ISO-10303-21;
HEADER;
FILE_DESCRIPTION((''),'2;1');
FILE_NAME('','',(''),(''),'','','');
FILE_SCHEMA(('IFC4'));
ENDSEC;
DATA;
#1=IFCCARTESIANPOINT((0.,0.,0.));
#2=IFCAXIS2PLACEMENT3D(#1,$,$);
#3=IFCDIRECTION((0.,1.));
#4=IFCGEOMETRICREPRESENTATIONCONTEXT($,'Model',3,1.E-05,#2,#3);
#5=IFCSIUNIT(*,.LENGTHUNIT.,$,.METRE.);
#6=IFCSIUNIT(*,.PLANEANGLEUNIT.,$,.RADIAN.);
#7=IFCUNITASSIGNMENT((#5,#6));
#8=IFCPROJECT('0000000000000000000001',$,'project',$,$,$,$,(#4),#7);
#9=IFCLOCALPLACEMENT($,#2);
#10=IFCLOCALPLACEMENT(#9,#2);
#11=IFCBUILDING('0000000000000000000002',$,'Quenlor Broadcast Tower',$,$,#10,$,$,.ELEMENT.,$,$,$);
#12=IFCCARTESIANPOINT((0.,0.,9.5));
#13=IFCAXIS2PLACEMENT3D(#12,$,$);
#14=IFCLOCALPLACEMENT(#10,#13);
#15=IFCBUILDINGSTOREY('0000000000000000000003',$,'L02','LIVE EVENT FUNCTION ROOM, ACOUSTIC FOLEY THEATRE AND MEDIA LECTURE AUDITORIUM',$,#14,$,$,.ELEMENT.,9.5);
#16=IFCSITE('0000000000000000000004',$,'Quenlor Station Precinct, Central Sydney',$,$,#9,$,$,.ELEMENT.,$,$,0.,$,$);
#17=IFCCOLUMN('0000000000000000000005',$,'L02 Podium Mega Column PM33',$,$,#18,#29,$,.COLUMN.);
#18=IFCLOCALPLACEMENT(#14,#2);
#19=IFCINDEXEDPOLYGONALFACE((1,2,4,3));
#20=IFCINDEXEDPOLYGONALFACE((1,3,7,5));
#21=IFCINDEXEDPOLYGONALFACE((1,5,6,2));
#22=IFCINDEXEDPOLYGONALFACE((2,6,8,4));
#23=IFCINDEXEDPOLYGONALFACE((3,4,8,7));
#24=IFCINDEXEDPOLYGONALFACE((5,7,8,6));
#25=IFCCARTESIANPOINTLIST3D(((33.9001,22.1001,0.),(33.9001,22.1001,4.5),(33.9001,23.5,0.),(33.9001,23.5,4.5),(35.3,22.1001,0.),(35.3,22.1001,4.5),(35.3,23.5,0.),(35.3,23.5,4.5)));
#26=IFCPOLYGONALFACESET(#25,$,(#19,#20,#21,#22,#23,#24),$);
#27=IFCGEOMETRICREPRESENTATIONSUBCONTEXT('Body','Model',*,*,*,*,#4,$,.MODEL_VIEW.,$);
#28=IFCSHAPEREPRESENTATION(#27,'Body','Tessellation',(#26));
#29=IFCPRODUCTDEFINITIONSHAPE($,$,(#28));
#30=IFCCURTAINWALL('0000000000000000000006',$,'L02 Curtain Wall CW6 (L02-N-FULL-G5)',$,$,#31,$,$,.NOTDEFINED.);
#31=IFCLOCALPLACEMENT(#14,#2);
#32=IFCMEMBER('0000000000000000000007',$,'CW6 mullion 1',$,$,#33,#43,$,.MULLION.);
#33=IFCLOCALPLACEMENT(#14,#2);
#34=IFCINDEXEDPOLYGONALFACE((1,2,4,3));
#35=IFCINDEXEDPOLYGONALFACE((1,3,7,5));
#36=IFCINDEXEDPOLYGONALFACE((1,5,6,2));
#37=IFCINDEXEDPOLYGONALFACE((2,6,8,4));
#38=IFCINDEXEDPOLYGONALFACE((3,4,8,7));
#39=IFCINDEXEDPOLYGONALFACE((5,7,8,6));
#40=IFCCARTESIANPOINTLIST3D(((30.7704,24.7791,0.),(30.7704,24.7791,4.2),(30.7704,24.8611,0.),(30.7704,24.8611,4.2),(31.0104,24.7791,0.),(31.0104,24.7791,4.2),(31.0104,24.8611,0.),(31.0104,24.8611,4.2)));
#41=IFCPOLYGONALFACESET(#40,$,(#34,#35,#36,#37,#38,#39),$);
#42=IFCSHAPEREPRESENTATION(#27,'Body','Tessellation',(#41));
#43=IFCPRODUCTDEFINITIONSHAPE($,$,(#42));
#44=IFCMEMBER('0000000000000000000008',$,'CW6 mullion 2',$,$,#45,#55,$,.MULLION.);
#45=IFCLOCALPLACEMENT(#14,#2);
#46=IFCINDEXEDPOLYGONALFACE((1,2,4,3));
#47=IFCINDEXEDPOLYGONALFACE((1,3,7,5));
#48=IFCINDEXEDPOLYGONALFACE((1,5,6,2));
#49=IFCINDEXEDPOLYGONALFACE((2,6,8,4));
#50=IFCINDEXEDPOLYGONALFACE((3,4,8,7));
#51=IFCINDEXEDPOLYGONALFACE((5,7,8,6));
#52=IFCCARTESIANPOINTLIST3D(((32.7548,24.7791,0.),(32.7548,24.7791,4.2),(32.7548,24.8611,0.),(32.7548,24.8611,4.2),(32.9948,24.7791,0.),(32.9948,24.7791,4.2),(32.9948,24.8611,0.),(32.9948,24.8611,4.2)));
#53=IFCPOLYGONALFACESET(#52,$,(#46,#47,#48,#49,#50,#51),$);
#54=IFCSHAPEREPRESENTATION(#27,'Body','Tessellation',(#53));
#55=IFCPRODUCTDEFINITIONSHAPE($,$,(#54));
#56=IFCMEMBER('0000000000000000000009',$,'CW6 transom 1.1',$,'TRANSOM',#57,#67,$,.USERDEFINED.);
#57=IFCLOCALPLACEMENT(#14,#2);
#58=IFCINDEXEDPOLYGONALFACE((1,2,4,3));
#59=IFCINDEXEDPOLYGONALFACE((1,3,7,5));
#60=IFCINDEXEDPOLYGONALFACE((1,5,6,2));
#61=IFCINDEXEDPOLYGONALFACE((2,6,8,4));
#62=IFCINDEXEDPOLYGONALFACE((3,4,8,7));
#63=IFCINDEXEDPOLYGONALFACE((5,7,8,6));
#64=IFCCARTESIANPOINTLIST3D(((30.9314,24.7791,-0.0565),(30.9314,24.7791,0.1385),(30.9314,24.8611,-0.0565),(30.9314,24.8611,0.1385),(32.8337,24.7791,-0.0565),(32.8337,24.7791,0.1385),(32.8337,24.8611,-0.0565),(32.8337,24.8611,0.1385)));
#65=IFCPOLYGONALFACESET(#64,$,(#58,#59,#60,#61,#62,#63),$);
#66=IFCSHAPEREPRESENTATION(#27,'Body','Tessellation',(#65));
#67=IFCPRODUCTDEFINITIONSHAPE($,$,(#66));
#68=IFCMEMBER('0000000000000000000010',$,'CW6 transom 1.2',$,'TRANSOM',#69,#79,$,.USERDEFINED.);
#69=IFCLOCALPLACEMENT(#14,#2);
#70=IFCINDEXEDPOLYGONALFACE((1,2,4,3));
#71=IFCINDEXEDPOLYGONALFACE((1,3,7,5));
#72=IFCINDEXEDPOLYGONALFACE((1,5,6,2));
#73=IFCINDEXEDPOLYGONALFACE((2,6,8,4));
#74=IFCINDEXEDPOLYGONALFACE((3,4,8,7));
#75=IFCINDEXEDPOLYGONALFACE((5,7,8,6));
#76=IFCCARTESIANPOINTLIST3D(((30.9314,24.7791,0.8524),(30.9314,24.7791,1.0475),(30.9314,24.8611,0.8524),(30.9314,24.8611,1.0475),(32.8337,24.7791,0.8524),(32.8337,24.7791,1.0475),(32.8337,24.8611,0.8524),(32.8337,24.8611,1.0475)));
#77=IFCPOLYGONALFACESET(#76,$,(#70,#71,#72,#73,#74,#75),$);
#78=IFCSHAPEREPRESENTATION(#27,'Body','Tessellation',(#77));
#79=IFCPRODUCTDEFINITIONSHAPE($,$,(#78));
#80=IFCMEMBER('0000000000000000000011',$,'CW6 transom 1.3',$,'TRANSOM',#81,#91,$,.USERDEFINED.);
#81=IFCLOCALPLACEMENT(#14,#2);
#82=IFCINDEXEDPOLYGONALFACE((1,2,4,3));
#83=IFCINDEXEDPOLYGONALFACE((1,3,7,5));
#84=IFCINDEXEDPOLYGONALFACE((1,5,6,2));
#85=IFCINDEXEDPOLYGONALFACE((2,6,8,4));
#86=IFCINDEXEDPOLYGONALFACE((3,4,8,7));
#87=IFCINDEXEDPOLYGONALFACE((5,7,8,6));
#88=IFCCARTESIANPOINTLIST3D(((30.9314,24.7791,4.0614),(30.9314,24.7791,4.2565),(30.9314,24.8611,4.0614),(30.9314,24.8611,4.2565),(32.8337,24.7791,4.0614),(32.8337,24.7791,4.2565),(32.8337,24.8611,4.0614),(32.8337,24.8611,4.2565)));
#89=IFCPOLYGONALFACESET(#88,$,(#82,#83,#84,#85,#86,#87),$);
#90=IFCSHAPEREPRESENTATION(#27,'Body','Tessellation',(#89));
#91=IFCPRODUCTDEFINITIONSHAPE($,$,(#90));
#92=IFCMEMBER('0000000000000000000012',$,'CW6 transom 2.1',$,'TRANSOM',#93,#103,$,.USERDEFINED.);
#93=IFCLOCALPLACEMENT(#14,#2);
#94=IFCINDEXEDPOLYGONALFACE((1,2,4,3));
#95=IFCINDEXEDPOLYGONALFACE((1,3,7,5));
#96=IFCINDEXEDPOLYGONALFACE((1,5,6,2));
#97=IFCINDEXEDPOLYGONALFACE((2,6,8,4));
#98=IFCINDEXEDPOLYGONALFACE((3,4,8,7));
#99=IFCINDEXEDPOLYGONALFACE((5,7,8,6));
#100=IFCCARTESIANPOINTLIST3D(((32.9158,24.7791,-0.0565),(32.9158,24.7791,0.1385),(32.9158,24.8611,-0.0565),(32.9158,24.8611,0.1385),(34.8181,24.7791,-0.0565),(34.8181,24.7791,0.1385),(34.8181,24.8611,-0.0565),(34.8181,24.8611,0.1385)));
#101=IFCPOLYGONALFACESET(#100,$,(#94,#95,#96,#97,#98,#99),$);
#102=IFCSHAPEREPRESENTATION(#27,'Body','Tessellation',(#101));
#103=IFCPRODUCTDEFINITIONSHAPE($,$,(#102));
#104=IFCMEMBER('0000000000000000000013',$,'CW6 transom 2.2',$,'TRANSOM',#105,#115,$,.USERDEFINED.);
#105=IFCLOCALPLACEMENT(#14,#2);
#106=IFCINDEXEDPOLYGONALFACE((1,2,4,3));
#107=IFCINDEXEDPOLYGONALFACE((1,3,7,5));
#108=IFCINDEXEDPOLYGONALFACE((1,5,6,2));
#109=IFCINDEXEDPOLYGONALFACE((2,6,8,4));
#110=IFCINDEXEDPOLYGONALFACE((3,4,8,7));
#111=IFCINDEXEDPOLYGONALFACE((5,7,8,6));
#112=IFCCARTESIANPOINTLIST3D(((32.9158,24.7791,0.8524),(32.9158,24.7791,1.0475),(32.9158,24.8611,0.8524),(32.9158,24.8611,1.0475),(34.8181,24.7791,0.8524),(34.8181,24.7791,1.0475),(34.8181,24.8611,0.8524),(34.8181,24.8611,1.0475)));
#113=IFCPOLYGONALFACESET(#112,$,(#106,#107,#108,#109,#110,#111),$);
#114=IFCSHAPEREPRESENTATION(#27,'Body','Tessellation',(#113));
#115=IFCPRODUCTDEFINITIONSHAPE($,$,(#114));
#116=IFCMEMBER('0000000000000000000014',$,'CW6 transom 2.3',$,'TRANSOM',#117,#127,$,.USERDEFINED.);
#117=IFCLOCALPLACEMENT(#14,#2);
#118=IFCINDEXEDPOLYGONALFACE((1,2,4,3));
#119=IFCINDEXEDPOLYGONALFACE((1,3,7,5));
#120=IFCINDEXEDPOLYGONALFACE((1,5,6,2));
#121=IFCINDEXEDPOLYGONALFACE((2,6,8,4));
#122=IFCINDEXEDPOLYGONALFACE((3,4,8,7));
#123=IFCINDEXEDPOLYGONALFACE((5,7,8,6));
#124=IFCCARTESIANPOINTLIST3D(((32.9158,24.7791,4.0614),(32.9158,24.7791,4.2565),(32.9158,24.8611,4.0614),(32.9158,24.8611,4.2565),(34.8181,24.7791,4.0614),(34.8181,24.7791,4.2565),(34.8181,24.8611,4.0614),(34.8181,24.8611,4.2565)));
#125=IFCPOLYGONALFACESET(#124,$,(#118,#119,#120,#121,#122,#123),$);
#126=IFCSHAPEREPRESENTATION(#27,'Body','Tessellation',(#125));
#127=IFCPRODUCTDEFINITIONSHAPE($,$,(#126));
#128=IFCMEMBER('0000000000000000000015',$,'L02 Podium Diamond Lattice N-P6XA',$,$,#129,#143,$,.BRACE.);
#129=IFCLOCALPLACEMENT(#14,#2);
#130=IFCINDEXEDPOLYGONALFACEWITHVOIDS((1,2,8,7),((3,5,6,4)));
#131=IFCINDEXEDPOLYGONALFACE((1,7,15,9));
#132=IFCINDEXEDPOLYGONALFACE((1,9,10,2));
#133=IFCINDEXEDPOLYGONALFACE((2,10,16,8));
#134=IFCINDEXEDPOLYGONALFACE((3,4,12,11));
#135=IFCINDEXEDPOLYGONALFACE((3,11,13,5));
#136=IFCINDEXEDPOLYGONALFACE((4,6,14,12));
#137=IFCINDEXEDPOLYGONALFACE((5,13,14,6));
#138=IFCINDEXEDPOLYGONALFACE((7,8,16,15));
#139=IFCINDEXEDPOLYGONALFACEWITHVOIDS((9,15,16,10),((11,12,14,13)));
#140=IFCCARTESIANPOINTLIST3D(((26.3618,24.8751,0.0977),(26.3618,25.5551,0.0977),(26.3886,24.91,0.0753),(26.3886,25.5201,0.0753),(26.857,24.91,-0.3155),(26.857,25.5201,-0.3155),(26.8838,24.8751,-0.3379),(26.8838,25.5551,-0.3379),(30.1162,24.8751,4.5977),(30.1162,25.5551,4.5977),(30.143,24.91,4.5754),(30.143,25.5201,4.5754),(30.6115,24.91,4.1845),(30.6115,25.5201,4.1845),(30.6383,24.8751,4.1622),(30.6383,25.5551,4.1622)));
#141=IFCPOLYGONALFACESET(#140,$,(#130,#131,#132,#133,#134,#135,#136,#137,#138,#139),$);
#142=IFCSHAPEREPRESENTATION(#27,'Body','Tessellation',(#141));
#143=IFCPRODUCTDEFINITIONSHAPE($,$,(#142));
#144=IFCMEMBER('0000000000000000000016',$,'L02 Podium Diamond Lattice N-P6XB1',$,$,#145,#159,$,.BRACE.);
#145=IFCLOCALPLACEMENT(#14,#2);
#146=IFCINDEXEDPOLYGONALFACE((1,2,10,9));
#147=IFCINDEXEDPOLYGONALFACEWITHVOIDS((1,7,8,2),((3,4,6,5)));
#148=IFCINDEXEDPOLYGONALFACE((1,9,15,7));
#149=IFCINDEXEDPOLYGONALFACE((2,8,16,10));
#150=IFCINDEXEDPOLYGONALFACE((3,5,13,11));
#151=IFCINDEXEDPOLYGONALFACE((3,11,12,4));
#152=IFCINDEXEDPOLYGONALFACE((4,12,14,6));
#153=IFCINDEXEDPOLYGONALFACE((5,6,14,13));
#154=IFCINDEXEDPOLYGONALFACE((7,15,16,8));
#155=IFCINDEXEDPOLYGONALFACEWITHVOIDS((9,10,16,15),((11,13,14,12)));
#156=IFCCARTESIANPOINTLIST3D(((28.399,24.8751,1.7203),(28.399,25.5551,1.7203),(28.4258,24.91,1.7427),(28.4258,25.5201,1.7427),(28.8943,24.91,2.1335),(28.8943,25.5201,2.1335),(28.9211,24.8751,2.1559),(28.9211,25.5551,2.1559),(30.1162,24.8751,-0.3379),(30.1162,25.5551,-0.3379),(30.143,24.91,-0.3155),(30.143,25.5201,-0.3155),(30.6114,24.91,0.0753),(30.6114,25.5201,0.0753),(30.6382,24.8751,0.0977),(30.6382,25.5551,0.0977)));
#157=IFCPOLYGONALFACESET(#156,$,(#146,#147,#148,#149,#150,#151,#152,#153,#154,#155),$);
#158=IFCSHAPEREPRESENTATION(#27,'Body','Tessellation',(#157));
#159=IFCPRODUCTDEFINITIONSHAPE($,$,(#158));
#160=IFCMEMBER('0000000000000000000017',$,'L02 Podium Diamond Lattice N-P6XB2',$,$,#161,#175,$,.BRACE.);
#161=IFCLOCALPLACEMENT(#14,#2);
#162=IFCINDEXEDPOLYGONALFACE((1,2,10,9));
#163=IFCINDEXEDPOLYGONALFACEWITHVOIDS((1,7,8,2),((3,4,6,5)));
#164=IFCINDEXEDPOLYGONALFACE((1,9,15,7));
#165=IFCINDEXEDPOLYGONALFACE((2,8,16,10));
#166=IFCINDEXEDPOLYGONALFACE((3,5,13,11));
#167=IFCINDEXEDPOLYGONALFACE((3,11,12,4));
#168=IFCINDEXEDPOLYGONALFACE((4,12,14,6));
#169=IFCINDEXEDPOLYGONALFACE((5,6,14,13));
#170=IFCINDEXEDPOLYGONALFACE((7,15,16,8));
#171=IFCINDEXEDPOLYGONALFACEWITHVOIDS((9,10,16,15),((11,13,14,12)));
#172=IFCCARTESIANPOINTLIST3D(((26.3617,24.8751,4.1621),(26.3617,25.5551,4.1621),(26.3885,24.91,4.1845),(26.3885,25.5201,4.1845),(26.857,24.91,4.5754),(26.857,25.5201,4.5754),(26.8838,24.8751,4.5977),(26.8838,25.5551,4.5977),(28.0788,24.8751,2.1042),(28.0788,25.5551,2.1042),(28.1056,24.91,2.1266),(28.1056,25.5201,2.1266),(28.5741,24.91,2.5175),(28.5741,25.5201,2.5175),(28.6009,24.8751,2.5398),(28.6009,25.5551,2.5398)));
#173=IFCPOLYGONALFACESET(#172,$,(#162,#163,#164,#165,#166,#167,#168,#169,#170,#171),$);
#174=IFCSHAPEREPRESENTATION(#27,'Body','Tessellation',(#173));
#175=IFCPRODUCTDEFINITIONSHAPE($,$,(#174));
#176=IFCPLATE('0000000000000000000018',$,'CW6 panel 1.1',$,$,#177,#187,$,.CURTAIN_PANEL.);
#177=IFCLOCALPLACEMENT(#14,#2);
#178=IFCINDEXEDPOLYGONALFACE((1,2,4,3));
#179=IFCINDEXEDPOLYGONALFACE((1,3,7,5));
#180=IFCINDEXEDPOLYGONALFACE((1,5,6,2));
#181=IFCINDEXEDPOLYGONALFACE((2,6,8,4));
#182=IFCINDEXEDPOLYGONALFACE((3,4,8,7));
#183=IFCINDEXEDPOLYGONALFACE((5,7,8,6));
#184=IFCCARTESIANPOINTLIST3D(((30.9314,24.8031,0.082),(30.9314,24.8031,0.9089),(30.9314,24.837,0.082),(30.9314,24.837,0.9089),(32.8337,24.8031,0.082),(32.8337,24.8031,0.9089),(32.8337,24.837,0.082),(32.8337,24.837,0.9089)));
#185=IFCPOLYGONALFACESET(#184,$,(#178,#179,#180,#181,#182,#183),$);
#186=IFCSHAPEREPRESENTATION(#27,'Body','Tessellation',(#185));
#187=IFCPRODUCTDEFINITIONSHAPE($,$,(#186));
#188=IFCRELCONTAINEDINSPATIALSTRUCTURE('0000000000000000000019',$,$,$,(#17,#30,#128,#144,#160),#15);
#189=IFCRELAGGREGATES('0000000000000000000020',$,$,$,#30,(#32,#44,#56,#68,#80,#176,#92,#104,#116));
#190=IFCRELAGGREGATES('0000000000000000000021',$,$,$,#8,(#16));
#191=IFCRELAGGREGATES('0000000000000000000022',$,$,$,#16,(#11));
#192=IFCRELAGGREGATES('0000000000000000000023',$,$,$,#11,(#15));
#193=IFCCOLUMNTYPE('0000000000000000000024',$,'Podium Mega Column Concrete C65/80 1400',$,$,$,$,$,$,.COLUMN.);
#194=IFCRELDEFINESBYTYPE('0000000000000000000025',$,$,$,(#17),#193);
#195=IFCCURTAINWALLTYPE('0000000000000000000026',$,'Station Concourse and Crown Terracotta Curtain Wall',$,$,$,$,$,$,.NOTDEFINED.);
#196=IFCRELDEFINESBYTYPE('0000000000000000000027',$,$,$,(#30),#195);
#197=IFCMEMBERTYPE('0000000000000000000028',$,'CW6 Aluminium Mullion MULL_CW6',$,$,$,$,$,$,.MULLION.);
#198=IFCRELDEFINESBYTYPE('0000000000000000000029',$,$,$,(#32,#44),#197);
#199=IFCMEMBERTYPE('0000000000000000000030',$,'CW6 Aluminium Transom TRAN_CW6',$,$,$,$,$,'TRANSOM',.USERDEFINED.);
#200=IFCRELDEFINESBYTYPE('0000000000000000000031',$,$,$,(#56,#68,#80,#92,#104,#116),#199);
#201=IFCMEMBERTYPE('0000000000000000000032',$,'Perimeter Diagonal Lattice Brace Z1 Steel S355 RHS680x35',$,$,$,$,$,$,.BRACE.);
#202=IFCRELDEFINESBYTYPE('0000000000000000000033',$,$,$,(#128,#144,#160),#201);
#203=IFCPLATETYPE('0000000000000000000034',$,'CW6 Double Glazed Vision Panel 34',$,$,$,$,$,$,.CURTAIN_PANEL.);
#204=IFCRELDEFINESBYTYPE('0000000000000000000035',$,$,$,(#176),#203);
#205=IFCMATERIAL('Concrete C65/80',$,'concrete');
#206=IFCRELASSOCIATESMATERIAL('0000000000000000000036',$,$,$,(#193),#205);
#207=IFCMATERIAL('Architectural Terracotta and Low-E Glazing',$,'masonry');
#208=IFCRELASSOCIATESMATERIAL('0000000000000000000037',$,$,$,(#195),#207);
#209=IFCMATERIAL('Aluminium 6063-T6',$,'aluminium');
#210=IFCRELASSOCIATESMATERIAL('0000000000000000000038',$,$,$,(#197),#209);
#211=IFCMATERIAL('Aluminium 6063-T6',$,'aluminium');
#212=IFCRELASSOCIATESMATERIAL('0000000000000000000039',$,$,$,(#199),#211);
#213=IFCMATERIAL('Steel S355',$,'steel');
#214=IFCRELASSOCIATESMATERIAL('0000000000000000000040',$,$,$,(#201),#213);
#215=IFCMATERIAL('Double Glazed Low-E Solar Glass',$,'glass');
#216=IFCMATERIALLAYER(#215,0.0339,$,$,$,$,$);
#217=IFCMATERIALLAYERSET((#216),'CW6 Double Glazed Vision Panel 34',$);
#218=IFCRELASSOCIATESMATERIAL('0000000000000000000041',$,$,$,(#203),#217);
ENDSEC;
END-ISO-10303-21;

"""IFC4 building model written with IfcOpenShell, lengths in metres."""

from ifc_helpers import new_model, si_unit, direction, frame, origin, origin_2d, place, context, subcontext, project, spatial, rectangle, hollow_rectangle, extrude, material, layer, layer_set, material_profile, profile_set, type_object, element, aggregate, save


model = new_model("IFC4")

# Units and contexts
model_context = context("Model", 3, precision=1e-05, world=origin(), true_north=direction((0.0, 1.0)))
body_context = subcontext(model_context, "Body", "Model", "MODEL_VIEW")
ifc_project = project(units=[si_unit("LENGTHUNIT", "METRE"), si_unit("PLANEANGLEUNIT", "RADIAN")], contexts=[model_context])

# Site, building, storey
site_placement = place(None, origin())
site = spatial("IfcSite", under=ifc_project, at=site_placement, Name="Quenlor Station Precinct, Central Sydney", CompositionType="ELEMENT", RefElevation=0.0)
building_placement = place(site_placement, origin())
building = spatial("IfcBuilding", under=site, at=building_placement, Name="Quenlor Broadcast Tower", CompositionType="ELEMENT")
storey_placement = place(building_placement, frame((0.0, 0.0, 9.5)))
storey = spatial("IfcBuildingStorey", under=building, at=storey_placement, Name="L02", Description="LIVE EVENT FUNCTION ROOM, ACOUSTIC FOLEY THEATRE AND MEDIA LECTURE AUDITORIUM", CompositionType="ELEMENT", Elevation=9.5)

# Column
ifc_material_1 = material(Name="Concrete C65/80", Category="concrete")
ifc_material_profile_1 = material_profile(ifc_material_1, rectangle(XDim=1.3999, YDim=1.3999, at=origin_2d()))
ifc_profile_set_1 = profile_set([ifc_material_profile_1], Name="Concrete C65/80 RC1400x1400")
column_type = type_object("IfcColumnType", Name="Podium Mega Column Concrete C65/80 1400", PredefinedType="COLUMN", material=ifc_profile_set_1)
column_placement = place(storey_placement, frame((34.6001, 22.8, 0.0), z_axis=(0.0, 0.0, 1.0), x_axis=(1.0, 0.0, 0.0)))
element("IfcColumn", 1, at=column_placement, inside=storey, type_object=column_type, Name="L02 Podium Mega Column PM33", PredefinedType="COLUMN", context=body_context, shape_type="SweptSolid", body=[
    extrude(rectangle(XDim=1.3999, YDim=1.3999, at=origin_2d()), origin(), (0.0, 0.0, 1.0), 4.5),
])

# Curtain wall, members
ifc_material_2 = material(Name="Architectural Terracotta and Low-E Glazing", Category="masonry")
curtain_wall_type = type_object("IfcCurtainWallType", Name="Station Concourse and Crown Terracotta Curtain Wall", PredefinedType="NOTDEFINED", material=ifc_material_2)
curtain_wall_placement = place(storey_placement, origin())
curtain_wall = element("IfcCurtainWall", 2, at=curtain_wall_placement, inside=storey, type_object=curtain_wall_type, Name="L02 Curtain Wall CW6 (L02-N-FULL-G5)", PredefinedType="NOTDEFINED")
ifc_material_3 = material(Name="Aluminium 6063-T6", Category="aluminium")
ifc_material_profile_2 = material_profile(ifc_material_3, rectangle(XDim=0.082, YDim=0.24, at=origin_2d()))
ifc_profile_set_2 = profile_set([ifc_material_profile_2], Name="Aluminium 6063-T6 MULL82x240")
member_type_1 = type_object("IfcMemberType", Name="CW6 Aluminium Mullion MULL_CW6", PredefinedType="MULLION", material=ifc_profile_set_2)
member_1_placement = place(storey_placement, frame((30.8904, 24.8201, 0.0), z_axis=(0.0, 0.0, 1.0), x_axis=(0.0, 1.0, 0.0)))
member_1 = element("IfcMember", 3, at=member_1_placement, type_object=member_type_1, Name="CW6 mullion 1", PredefinedType="MULLION", context=body_context, shape_type="SweptSolid", body=[
    extrude(rectangle(XDim=0.082, YDim=0.24, at=origin_2d()), origin(), (0.0, 0.0, 1.0), 4.2),
])
member_2_placement = place(storey_placement, frame((32.8748, 24.8201, 0.0), z_axis=(0.0, 0.0, 1.0), x_axis=(0.0, 1.0, 0.0)))
member_2 = element("IfcMember", 4, at=member_2_placement, type_object=member_type_1, Name="CW6 mullion 2", PredefinedType="MULLION", context=body_context, shape_type="SweptSolid", body=[
    extrude(rectangle(XDim=0.082, YDim=0.24, at=origin_2d()), origin(), (0.0, 0.0, 1.0), 4.2),
])
ifc_material_4 = material(Name="Aluminium 6063-T6", Category="aluminium")
ifc_material_profile_3 = material_profile(ifc_material_4, rectangle(XDim=0.082, YDim=0.1951, at=origin_2d()))
ifc_profile_set_3 = profile_set([ifc_material_profile_3], Name="Aluminium 6063-T6 TRAN82x195")
member_type_2 = type_object("IfcMemberType", Name="CW6 Aluminium Transom TRAN_CW6", ElementType="TRANSOM", PredefinedType="USERDEFINED", material=ifc_profile_set_3)
member_3_placement = place(storey_placement, frame((30.9314, 24.8201, 0.041), z_axis=(1.0, 0.0, 0.0), x_axis=(0.0, 1.0, 0.0)))
member_3 = element("IfcMember", 5, at=member_3_placement, type_object=member_type_2, Name="CW6 transom 1.1", ObjectType="TRANSOM", PredefinedType="USERDEFINED", context=body_context, shape_type="SweptSolid", body=[
    extrude(rectangle(XDim=0.082, YDim=0.1951, at=origin_2d()), origin(), (0.0, 0.0, 1.0), 1.9023),
])
member_4_placement = place(storey_placement, frame((30.9314, 24.8201, 0.95), z_axis=(1.0, 0.0, 0.0), x_axis=(0.0, 1.0, 0.0)))
member_4 = element("IfcMember", 6, at=member_4_placement, type_object=member_type_2, Name="CW6 transom 1.2", ObjectType="TRANSOM", PredefinedType="USERDEFINED", context=body_context, shape_type="SweptSolid", body=[
    extrude(rectangle(XDim=0.082, YDim=0.1951, at=origin_2d()), origin(), (0.0, 0.0, 1.0), 1.9023),
])
member_5_placement = place(storey_placement, frame((30.9314, 24.8201, 4.1589), z_axis=(1.0, 0.0, 0.0), x_axis=(0.0, 1.0, 0.0)))
member_5 = element("IfcMember", 7, at=member_5_placement, type_object=member_type_2, Name="CW6 transom 1.3", ObjectType="TRANSOM", PredefinedType="USERDEFINED", context=body_context, shape_type="SweptSolid", body=[
    extrude(rectangle(XDim=0.082, YDim=0.1951, at=origin_2d()), origin(), (0.0, 0.0, 1.0), 1.9023),
])
member_6_placement = place(storey_placement, frame((32.9158, 24.8201, 0.041), z_axis=(1.0, 0.0, 0.0), x_axis=(0.0, 1.0, 0.0)))
member_6 = element("IfcMember", 8, at=member_6_placement, type_object=member_type_2, Name="CW6 transom 2.1", ObjectType="TRANSOM", PredefinedType="USERDEFINED", context=body_context, shape_type="SweptSolid", body=[
    extrude(rectangle(XDim=0.082, YDim=0.1951, at=origin_2d()), origin(), (0.0, 0.0, 1.0), 1.9023),
])
member_7_placement = place(storey_placement, frame((32.9158, 24.8201, 0.95), z_axis=(1.0, 0.0, 0.0), x_axis=(0.0, 1.0, 0.0)))
member_7 = element("IfcMember", 9, at=member_7_placement, type_object=member_type_2, Name="CW6 transom 2.2", ObjectType="TRANSOM", PredefinedType="USERDEFINED", context=body_context, shape_type="SweptSolid", body=[
    extrude(rectangle(XDim=0.082, YDim=0.1951, at=origin_2d()), origin(), (0.0, 0.0, 1.0), 1.9023),
])
member_8_placement = place(storey_placement, frame((32.9158, 24.8201, 4.1589), z_axis=(1.0, 0.0, 0.0), x_axis=(0.0, 1.0, 0.0)))
member_8 = element("IfcMember", 10, at=member_8_placement, type_object=member_type_2, Name="CW6 transom 2.3", ObjectType="TRANSOM", PredefinedType="USERDEFINED", context=body_context, shape_type="SweptSolid", body=[
    extrude(rectangle(XDim=0.082, YDim=0.1951, at=origin_2d()), origin(), (0.0, 0.0, 1.0), 1.9023),
])

# Members
ifc_material_5 = material(Name="Steel S355", Category="steel")
ifc_material_profile_4 = material_profile(ifc_material_5, hollow_rectangle(XDim=0.6799, YDim=0.6799, WallThickness=0.0349, at=origin_2d()))
ifc_profile_set_4 = profile_set([ifc_material_profile_4], Name="Steel S355 RHS680x680x35")
member_type_3 = type_object("IfcMemberType", Name="Perimeter Diagonal Lattice Brace Z1 Steel S355 RHS680x35", PredefinedType="BRACE", material=ifc_profile_set_4)
member_9_placement = place(storey_placement, frame((26.6228, 25.2151, -0.1201), z_axis=(0.640627, 0.0, 0.767852), x_axis=(0.0, 1.0, 0.0)))
element("IfcMember", 11, at=member_9_placement, inside=storey, type_object=member_type_3, Name="L02 Podium Diamond Lattice N-P6XA", PredefinedType="BRACE", context=body_context, shape_type="SweptSolid", body=[
    extrude(hollow_rectangle(XDim=0.6799, YDim=0.6799, WallThickness=0.0349, at=origin_2d()), origin(), (0.0, 0.0, 1.0), 5.8606),
])
member_10_placement = place(storey_placement, frame((30.3772, 25.2151, -0.1201), z_axis=(-0.640614, 0.0, 0.767863), x_axis=(0.0, -1.0, 0.0)))
element("IfcMember", 12, at=member_10_placement, inside=storey, type_object=member_type_3, Name="L02 Podium Diamond Lattice N-P6XB1", PredefinedType="BRACE", context=body_context, shape_type="SweptSolid", body=[
    extrude(hollow_rectangle(XDim=0.6799, YDim=0.6799, WallThickness=0.0349, at=origin_2d()), origin(), (0.0, 0.0, 1.0), 2.6804),
])
member_11_placement = place(storey_placement, frame((28.3398, 25.2151, 2.322), z_axis=(-0.640659, 0.0, 0.767825), x_axis=(0.0, -1.0, 0.0)))
element("IfcMember", 13, at=member_11_placement, inside=storey, type_object=member_type_3, Name="L02 Podium Diamond Lattice N-P6XB2", PredefinedType="BRACE", context=body_context, shape_type="SweptSolid", body=[
    extrude(hollow_rectangle(XDim=0.6799, YDim=0.6799, WallThickness=0.0349, at=origin_2d()), origin(), (0.0, 0.0, 1.0), 2.6802),
])

# Plate
ifc_material_6 = material(Name="Double Glazed Low-E Solar Glass", Category="glass")
ifc_layer_1 = layer(ifc_material_6, 0.0339)
ifc_layer_set_1 = layer_set([ifc_layer_1], Name="CW6 Double Glazed Vision Panel 34")
plate_type_1 = type_object("IfcPlateType", Name="CW6 Double Glazed Vision Panel 34", PredefinedType="CURTAIN_PANEL", material=ifc_layer_set_1)
plate_1_placement = place(storey_placement, frame((31.8826, 24.8201, 0.082), z_axis=(0.0, 0.0, 1.0), x_axis=(1.0, 0.0, 0.0)))
plate_1 = element("IfcPlate", 14, at=plate_1_placement, type_object=plate_type_1, Name="CW6 panel 1.1", PredefinedType="CURTAIN_PANEL", context=body_context, shape_type="SweptSolid", body=[
    extrude(rectangle(XDim=1.9023, YDim=0.0339, at=origin_2d()), origin(), (0.0, 0.0, 1.0), 0.8269),
])
aggregate(curtain_wall, [member_1, member_2, member_3, member_4, member_5, plate_1, member_6, member_7, member_8])

save(model, "model.ifc")
